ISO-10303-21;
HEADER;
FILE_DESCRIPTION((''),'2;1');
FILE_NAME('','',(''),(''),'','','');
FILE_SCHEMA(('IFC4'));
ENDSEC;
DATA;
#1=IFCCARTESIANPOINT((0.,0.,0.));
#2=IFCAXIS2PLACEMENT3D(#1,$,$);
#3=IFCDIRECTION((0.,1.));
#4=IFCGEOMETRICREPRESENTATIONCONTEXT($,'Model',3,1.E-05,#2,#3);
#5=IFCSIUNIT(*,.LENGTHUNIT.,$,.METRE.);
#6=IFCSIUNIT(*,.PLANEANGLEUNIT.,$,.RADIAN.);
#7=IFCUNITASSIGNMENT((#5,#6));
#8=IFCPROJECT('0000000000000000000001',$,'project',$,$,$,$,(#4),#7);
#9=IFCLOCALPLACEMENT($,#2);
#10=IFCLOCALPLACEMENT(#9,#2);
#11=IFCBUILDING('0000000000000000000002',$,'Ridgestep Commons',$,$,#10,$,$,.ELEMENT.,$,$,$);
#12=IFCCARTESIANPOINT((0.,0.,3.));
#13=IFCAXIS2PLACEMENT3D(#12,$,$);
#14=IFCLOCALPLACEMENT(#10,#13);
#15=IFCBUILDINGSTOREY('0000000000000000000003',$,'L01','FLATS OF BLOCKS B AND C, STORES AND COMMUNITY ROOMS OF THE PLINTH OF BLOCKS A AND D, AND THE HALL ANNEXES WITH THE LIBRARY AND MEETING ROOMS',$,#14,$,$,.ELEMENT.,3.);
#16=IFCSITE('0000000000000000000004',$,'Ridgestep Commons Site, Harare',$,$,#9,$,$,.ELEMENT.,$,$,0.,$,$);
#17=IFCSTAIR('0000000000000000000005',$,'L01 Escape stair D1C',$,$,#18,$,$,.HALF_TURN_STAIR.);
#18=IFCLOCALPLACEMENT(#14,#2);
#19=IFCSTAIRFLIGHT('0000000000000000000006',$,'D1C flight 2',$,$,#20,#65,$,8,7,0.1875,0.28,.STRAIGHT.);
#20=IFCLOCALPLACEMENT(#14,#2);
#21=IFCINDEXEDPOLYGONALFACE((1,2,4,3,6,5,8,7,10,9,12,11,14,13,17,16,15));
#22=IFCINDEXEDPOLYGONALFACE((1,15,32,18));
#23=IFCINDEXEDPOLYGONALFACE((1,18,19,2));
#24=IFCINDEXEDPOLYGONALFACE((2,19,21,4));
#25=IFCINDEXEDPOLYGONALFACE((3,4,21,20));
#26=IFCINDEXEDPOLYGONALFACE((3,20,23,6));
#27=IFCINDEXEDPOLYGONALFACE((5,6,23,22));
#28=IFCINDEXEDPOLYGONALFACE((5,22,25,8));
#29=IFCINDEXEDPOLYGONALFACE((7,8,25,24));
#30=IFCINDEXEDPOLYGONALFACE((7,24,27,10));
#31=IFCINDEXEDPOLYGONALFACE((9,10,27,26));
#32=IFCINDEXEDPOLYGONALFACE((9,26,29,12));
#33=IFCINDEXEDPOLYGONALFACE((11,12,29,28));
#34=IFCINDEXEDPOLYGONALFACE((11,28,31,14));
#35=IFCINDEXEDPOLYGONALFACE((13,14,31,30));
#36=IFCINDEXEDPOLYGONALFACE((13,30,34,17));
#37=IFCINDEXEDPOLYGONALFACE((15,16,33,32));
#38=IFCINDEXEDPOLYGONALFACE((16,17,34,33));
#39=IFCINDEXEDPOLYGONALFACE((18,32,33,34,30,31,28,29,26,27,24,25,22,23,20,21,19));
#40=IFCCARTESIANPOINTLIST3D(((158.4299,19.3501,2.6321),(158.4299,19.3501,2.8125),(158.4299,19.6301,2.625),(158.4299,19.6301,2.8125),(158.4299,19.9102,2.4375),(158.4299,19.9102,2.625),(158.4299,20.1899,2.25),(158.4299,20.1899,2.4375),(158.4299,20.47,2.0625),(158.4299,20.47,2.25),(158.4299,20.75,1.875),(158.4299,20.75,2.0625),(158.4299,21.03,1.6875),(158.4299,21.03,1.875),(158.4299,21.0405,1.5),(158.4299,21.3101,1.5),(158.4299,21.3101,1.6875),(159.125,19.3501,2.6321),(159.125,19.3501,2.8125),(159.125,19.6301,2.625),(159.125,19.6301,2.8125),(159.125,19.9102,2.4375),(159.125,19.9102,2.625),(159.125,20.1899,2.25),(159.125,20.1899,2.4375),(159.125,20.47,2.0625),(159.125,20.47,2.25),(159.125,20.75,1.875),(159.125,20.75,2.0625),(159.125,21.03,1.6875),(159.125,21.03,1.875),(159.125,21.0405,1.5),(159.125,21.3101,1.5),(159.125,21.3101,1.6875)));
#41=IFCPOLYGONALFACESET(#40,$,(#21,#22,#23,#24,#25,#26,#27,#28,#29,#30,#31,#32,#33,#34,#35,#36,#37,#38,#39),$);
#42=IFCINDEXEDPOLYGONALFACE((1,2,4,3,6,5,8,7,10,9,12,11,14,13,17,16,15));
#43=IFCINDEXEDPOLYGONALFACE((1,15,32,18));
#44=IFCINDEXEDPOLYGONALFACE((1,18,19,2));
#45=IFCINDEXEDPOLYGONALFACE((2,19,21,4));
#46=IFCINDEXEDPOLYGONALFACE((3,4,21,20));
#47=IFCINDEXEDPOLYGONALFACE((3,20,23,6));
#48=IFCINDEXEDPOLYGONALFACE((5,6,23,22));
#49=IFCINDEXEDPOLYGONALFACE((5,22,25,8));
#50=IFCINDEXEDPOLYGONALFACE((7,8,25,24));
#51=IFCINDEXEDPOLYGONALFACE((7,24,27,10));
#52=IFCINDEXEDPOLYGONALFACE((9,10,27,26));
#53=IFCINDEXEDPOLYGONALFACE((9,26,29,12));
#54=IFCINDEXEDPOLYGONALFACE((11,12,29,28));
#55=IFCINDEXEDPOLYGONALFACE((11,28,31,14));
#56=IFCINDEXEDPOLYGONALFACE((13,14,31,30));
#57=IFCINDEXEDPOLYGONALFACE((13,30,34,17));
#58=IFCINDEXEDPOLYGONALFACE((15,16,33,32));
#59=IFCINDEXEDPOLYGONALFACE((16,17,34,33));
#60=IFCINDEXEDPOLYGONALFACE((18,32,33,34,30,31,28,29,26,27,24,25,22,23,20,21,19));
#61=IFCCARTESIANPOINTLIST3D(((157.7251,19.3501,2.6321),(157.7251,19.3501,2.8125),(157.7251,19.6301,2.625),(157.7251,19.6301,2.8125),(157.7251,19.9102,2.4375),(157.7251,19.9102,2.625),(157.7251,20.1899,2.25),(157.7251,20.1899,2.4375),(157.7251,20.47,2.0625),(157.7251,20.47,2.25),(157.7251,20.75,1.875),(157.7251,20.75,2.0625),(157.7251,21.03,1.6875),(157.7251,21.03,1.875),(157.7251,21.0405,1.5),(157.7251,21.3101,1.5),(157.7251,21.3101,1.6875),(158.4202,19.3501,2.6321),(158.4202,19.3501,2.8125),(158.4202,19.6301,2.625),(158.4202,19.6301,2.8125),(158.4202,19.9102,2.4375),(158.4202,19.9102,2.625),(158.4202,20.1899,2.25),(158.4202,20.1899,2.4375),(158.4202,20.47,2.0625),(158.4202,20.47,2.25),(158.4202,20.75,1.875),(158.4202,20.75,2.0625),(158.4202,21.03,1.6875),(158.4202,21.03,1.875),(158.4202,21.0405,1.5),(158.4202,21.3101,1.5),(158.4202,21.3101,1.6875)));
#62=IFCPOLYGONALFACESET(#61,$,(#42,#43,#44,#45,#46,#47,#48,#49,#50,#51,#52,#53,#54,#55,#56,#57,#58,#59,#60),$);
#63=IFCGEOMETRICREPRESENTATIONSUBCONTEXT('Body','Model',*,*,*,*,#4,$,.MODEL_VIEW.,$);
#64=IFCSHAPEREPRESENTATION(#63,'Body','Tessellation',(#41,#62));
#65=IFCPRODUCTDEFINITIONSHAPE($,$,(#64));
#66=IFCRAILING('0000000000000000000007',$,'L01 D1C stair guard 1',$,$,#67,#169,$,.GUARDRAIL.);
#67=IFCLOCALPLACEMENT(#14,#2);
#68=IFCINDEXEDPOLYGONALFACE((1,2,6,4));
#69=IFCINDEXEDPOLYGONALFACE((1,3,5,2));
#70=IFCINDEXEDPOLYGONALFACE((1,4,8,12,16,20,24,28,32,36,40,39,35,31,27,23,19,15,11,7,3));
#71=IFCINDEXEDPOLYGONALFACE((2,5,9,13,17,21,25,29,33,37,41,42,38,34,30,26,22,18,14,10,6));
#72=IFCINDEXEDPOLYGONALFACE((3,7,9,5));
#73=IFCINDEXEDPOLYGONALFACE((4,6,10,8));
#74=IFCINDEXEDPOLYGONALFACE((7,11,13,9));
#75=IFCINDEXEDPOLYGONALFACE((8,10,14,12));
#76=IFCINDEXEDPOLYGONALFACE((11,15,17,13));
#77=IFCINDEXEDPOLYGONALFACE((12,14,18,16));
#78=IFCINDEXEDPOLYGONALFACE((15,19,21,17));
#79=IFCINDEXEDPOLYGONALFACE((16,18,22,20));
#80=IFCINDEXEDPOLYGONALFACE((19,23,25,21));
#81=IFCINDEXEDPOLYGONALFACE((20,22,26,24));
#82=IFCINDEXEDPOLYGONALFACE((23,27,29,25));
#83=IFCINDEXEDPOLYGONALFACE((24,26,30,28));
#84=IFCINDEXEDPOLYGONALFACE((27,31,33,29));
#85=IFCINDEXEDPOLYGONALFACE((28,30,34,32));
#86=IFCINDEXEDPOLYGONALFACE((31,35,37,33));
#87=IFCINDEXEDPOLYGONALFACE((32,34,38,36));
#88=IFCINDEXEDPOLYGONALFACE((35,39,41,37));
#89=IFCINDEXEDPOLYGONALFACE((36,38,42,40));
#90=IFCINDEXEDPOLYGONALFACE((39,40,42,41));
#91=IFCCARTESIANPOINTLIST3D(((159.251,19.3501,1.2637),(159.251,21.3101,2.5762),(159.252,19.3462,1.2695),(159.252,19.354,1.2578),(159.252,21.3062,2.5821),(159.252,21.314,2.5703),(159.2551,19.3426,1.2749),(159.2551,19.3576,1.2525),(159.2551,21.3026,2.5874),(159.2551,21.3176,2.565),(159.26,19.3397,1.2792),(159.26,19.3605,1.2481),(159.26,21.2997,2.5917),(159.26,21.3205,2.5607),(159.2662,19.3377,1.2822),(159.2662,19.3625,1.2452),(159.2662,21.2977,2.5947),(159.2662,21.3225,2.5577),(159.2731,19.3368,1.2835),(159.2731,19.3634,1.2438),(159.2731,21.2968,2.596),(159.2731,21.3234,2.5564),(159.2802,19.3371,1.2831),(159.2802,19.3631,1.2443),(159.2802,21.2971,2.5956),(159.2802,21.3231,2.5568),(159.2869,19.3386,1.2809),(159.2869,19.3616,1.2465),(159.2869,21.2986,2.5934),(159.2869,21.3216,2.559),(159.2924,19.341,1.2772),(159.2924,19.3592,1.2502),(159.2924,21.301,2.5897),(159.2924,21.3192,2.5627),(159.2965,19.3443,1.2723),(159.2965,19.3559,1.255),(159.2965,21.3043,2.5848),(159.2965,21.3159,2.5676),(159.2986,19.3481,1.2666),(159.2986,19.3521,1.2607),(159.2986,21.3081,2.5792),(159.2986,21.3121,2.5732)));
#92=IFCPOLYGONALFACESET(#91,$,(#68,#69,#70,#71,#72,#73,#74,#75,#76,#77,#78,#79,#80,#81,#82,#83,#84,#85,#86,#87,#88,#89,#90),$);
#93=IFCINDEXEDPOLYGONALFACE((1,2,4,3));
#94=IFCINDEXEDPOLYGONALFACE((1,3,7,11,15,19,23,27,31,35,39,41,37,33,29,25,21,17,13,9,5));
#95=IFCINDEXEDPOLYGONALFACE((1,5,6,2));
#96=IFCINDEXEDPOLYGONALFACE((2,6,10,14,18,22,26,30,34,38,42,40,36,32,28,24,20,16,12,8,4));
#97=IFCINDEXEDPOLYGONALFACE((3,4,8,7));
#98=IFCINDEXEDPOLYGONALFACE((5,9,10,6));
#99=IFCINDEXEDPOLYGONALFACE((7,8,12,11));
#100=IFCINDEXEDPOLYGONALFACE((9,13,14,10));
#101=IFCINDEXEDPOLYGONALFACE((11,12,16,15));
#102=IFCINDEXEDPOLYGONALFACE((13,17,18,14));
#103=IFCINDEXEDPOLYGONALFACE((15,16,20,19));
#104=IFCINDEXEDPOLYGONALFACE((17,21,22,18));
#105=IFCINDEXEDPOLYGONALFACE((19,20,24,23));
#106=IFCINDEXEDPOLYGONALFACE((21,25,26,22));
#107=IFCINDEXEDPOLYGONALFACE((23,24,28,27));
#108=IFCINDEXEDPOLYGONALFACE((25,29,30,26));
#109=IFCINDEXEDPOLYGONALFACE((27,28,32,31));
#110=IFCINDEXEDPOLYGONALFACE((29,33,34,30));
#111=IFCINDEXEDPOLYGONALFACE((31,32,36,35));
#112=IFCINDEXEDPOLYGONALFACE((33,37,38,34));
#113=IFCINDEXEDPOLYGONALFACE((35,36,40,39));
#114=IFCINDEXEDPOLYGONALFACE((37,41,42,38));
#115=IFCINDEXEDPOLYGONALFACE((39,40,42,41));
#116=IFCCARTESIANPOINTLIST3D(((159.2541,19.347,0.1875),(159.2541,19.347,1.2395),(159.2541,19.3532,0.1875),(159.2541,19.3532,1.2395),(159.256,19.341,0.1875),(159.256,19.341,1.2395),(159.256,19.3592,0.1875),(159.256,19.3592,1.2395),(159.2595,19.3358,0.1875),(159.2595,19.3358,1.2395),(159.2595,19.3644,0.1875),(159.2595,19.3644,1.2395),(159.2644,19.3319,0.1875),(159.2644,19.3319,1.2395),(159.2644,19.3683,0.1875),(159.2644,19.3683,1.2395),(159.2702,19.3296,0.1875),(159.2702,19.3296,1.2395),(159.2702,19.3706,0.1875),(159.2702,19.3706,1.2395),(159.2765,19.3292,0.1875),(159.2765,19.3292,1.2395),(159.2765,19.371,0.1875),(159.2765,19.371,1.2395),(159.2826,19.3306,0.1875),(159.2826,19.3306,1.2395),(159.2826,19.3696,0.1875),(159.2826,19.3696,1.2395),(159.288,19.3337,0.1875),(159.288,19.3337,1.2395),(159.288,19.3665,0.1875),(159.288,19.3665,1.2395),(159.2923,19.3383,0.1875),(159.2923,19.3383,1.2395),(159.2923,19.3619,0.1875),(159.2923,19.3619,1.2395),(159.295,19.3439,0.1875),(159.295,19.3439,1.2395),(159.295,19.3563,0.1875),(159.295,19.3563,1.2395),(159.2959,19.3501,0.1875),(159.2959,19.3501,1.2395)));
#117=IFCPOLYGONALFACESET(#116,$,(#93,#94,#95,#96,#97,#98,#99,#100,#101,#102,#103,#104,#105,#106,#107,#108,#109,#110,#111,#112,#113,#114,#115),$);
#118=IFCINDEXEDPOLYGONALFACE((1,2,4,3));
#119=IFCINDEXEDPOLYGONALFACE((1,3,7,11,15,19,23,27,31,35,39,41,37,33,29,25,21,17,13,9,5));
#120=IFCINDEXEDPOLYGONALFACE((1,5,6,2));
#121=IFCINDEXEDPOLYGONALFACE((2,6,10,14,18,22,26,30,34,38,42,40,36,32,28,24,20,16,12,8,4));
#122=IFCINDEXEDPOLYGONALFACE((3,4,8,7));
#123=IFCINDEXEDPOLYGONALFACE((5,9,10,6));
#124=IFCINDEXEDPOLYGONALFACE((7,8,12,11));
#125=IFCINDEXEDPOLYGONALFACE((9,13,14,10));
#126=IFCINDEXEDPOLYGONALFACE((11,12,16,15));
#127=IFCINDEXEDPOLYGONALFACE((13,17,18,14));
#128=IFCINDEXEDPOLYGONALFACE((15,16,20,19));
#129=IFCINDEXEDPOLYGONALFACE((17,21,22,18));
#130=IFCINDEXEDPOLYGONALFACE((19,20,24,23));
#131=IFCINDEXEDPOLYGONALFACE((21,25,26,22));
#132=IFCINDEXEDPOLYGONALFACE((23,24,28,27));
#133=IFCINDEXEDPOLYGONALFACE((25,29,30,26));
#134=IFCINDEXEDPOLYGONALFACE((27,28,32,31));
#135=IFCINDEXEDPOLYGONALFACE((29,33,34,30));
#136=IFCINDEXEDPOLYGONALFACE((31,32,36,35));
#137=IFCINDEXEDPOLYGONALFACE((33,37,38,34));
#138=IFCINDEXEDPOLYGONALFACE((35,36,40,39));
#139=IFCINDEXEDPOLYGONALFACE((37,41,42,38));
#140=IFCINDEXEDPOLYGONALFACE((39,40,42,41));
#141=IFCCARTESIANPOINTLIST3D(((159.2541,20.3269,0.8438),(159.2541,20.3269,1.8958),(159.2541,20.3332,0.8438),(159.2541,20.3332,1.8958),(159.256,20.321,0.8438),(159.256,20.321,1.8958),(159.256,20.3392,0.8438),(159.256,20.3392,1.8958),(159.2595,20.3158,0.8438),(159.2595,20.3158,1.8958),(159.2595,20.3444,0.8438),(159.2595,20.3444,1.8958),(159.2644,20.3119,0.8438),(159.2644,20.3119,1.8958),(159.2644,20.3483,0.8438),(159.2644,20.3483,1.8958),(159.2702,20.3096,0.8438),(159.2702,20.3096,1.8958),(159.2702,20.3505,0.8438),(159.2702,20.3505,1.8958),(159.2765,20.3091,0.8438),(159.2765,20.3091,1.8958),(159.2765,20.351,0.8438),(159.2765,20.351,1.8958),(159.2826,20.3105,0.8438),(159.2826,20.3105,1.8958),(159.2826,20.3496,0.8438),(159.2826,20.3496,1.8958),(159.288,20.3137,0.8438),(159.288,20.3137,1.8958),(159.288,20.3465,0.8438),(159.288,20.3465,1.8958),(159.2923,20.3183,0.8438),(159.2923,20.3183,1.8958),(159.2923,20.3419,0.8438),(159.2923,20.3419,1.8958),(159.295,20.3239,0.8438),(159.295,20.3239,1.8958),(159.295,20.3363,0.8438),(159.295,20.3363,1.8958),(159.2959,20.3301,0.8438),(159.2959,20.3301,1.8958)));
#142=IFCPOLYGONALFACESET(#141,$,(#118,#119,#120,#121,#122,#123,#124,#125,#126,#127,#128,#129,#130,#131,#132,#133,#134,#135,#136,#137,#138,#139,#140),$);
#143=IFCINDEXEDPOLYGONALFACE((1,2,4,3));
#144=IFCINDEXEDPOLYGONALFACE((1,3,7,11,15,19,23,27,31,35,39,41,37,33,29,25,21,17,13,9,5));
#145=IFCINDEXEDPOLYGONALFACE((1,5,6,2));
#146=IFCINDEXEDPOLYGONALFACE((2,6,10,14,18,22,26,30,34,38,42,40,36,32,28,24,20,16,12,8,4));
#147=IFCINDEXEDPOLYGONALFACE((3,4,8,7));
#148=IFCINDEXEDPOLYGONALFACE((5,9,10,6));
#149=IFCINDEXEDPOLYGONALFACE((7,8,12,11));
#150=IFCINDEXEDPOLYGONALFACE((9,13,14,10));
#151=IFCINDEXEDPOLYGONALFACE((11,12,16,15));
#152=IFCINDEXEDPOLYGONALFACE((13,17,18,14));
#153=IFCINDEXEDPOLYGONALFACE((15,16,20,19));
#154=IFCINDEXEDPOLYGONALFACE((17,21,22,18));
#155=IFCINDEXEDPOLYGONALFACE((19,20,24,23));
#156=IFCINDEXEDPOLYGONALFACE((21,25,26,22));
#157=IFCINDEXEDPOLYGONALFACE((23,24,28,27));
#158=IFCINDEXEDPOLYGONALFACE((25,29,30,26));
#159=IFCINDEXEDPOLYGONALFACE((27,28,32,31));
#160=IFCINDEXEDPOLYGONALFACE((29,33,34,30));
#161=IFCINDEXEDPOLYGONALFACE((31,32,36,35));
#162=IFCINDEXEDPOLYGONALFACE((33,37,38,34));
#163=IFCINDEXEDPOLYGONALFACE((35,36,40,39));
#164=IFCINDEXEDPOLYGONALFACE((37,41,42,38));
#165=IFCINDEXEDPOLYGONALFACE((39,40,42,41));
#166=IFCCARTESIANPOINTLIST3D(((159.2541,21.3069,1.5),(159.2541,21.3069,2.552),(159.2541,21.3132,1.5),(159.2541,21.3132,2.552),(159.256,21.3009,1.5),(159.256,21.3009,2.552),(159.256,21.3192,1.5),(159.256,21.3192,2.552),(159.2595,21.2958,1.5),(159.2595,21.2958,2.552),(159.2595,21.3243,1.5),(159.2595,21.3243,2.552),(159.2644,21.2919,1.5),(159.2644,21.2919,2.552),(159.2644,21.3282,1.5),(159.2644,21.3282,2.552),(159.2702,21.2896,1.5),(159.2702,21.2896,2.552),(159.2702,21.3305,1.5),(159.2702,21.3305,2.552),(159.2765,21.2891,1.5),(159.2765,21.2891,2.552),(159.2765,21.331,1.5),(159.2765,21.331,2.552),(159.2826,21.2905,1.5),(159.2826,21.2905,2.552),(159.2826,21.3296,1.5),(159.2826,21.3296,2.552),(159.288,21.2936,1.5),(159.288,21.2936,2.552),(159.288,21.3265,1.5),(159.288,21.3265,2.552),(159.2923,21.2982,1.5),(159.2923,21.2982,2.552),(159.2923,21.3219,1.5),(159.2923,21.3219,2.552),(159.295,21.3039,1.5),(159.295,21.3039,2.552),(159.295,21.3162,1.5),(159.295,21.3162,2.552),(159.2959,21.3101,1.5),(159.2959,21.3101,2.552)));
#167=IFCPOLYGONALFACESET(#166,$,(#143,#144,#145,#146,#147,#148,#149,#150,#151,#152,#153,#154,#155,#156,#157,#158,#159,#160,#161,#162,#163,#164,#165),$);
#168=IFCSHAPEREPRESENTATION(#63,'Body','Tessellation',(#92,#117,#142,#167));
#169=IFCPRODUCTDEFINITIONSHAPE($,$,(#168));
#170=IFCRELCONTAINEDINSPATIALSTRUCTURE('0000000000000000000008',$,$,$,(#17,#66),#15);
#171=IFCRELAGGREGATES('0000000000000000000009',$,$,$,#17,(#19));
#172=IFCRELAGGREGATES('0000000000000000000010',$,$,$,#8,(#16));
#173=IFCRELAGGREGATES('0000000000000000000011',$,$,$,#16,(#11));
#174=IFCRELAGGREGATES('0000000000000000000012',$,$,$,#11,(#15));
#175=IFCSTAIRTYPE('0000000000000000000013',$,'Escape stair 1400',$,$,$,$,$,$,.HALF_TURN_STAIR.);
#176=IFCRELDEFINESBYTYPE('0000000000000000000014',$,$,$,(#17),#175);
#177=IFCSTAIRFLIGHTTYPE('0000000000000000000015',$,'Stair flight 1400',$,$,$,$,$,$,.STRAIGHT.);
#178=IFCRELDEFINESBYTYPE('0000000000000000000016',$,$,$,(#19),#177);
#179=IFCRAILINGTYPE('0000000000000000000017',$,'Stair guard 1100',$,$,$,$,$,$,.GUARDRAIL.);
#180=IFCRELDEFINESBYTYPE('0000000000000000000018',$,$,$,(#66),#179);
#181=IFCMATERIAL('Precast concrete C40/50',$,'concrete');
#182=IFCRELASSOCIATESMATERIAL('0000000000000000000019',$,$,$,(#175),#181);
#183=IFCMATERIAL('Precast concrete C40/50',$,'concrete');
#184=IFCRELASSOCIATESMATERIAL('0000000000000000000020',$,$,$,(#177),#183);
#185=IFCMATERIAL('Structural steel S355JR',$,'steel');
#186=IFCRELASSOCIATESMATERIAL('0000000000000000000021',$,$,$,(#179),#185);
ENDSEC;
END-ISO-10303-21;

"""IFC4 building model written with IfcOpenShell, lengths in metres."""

from ifc_helpers import new_model, si_unit, direction, frame, origin, origin_2d, place, context, subcontext, project, spatial, polyline, circle, outline, extrude, material, type_object, element, aggregate, save


model = new_model("IFC4")

# Units and contexts
model_context = context("Model", 3, precision=1e-05, world=origin(), true_north=direction((0.0, 1.0)))
body_context = subcontext(model_context, "Body", "Model", "MODEL_VIEW")
ifc_project = project(units=[si_unit("LENGTHUNIT", "METRE"), si_unit("PLANEANGLEUNIT", "RADIAN")], contexts=[model_context])

# Site, building, storey
site_placement = place(None, origin())
site = spatial("IfcSite", under=ifc_project, at=site_placement, Name="Ridgestep Commons Site, Harare", CompositionType="ELEMENT", RefElevation=0.0)
building_placement = place(site_placement, origin())
building = spatial("IfcBuilding", under=site, at=building_placement, Name="Ridgestep Commons", CompositionType="ELEMENT")
storey_placement = place(building_placement, frame((0.0, 0.0, 3.0)))
storey = spatial("IfcBuildingStorey", under=building, at=storey_placement, Name="L01", Description="FLATS OF BLOCKS B AND C, STORES AND COMMUNITY ROOMS OF THE PLINTH OF BLOCKS A AND D, AND THE HALL ANNEXES WITH THE LIBRARY AND MEETING ROOMS", CompositionType="ELEMENT", Elevation=3.0)

# Stair, stair flight
ifc_material_1 = material(Name="Precast concrete C40/50", Category="concrete")
stair_type = type_object("IfcStairType", Name="Escape stair 1400", PredefinedType="HALF_TURN_STAIR", material=ifc_material_1)
stair_placement = place(storey_placement, origin())
stair = element("IfcStair", 1, at=stair_placement, inside=storey, type_object=stair_type, Name="L01 Escape stair D1C", PredefinedType="HALF_TURN_STAIR")
ifc_material_2 = material(Name="Precast concrete C40/50", Category="concrete")
stair_flight_type = type_object("IfcStairFlightType", Name="Stair flight 1400", PredefinedType="STRAIGHT", material=ifc_material_2)
stair_flight_placement = place(storey_placement, frame((158.425, 21.3101, 1.5), z_axis=(0.0, 0.0, 1.0), x_axis=(0.0, -1.0, 0.0)))
stair_flight = element("IfcStairFlight", 2, at=stair_flight_placement, type_object=stair_flight_type, Name="D1C flight 2", NumberOfRisers=8, NumberOfTreads=7, PredefinedType="STRAIGHT", RiserHeight=0.1875, TreadLength=0.28, context=body_context, shape_type="SweptSolid", body=[
    extrude(outline(polyline([(0.0, 0.0), (0.0, 0.1875), (0.28, 0.1875), (0.28, 0.375), (0.5601, 0.375), (0.5601, 0.5625), (0.8401, 0.5625), (0.8401, 0.75), (1.1201, 0.75), (1.1201, 0.9375), (1.3999, 0.9375), (1.3999, 1.125), (1.6799, 1.125), (1.6799, 1.3125), (1.96, 1.3125), (1.96, 1.5), (1.96, 1.1321), (0.2695, 0.0), (0.0, 0.0)])), frame((0.0, 0.7, 0.0), z_axis=(0.0, -1.0, 0.0), x_axis=(1.0, 0.0, 0.0)), (0.0, 0.0, 1.0), 0.6951),
    extrude(outline(polyline([(0.0, 0.0), (0.0, 0.1875), (0.28, 0.1875), (0.28, 0.375), (0.5601, 0.375), (0.5601, 0.5625), (0.8401, 0.5625), (0.8401, 0.75), (1.1201, 0.75), (1.1201, 0.9375), (1.3999, 0.9375), (1.3999, 1.125), (1.6799, 1.125), (1.6799, 1.3125), (1.96, 1.3125), (1.96, 1.5), (1.96, 1.1321), (0.2695, 0.0), (0.0, 0.0)])), frame((0.0, -0.0049, 0.0), z_axis=(0.0, -1.0, 0.0), x_axis=(1.0, 0.0, 0.0)), (0.0, 0.0, 1.0), 0.6951),
])
aggregate(stair, [stair_flight])

# Railing
ifc_material_3 = material(Name="Structural steel S355JR", Category="steel")
railing_type_1 = type_object("IfcRailingType", Name="Stair guard 1100", PredefinedType="GUARDRAIL", material=ifc_material_3)
railing_1_placement = place(storey_placement, frame((159.2749, 19.3501, 0.1875)))
element("IfcRailing", 3, at=railing_1_placement, inside=storey, type_object=railing_type_1, Name="L01 D1C stair guard 1", PredefinedType="GUARDRAIL", context=body_context, shape_type="SweptSolid", body=[
    extrude(circle(Radius=0.0239, at=origin_2d()), frame((0.0, 0.0, 1.0762), z_axis=(0.0, 0.830902, 0.556419), x_axis=(-1.0, 0.0, 0.0)), (0.0, 0.0, 1.0), 2.3589),
    extrude(circle(Radius=0.021, at=origin_2d()), origin(), (0.0, 0.0, 1.0), 1.052),
    extrude(circle(Radius=0.021, at=origin_2d()), frame((0.0, 0.98, 0.6562)), (0.0, 0.0, 1.0), 1.052),
    extrude(circle(Radius=0.021, at=origin_2d()), frame((0.0, 1.96, 1.3125)), (0.0, 0.0, 1.0), 1.052),
])

save(model, "model.ifc")
